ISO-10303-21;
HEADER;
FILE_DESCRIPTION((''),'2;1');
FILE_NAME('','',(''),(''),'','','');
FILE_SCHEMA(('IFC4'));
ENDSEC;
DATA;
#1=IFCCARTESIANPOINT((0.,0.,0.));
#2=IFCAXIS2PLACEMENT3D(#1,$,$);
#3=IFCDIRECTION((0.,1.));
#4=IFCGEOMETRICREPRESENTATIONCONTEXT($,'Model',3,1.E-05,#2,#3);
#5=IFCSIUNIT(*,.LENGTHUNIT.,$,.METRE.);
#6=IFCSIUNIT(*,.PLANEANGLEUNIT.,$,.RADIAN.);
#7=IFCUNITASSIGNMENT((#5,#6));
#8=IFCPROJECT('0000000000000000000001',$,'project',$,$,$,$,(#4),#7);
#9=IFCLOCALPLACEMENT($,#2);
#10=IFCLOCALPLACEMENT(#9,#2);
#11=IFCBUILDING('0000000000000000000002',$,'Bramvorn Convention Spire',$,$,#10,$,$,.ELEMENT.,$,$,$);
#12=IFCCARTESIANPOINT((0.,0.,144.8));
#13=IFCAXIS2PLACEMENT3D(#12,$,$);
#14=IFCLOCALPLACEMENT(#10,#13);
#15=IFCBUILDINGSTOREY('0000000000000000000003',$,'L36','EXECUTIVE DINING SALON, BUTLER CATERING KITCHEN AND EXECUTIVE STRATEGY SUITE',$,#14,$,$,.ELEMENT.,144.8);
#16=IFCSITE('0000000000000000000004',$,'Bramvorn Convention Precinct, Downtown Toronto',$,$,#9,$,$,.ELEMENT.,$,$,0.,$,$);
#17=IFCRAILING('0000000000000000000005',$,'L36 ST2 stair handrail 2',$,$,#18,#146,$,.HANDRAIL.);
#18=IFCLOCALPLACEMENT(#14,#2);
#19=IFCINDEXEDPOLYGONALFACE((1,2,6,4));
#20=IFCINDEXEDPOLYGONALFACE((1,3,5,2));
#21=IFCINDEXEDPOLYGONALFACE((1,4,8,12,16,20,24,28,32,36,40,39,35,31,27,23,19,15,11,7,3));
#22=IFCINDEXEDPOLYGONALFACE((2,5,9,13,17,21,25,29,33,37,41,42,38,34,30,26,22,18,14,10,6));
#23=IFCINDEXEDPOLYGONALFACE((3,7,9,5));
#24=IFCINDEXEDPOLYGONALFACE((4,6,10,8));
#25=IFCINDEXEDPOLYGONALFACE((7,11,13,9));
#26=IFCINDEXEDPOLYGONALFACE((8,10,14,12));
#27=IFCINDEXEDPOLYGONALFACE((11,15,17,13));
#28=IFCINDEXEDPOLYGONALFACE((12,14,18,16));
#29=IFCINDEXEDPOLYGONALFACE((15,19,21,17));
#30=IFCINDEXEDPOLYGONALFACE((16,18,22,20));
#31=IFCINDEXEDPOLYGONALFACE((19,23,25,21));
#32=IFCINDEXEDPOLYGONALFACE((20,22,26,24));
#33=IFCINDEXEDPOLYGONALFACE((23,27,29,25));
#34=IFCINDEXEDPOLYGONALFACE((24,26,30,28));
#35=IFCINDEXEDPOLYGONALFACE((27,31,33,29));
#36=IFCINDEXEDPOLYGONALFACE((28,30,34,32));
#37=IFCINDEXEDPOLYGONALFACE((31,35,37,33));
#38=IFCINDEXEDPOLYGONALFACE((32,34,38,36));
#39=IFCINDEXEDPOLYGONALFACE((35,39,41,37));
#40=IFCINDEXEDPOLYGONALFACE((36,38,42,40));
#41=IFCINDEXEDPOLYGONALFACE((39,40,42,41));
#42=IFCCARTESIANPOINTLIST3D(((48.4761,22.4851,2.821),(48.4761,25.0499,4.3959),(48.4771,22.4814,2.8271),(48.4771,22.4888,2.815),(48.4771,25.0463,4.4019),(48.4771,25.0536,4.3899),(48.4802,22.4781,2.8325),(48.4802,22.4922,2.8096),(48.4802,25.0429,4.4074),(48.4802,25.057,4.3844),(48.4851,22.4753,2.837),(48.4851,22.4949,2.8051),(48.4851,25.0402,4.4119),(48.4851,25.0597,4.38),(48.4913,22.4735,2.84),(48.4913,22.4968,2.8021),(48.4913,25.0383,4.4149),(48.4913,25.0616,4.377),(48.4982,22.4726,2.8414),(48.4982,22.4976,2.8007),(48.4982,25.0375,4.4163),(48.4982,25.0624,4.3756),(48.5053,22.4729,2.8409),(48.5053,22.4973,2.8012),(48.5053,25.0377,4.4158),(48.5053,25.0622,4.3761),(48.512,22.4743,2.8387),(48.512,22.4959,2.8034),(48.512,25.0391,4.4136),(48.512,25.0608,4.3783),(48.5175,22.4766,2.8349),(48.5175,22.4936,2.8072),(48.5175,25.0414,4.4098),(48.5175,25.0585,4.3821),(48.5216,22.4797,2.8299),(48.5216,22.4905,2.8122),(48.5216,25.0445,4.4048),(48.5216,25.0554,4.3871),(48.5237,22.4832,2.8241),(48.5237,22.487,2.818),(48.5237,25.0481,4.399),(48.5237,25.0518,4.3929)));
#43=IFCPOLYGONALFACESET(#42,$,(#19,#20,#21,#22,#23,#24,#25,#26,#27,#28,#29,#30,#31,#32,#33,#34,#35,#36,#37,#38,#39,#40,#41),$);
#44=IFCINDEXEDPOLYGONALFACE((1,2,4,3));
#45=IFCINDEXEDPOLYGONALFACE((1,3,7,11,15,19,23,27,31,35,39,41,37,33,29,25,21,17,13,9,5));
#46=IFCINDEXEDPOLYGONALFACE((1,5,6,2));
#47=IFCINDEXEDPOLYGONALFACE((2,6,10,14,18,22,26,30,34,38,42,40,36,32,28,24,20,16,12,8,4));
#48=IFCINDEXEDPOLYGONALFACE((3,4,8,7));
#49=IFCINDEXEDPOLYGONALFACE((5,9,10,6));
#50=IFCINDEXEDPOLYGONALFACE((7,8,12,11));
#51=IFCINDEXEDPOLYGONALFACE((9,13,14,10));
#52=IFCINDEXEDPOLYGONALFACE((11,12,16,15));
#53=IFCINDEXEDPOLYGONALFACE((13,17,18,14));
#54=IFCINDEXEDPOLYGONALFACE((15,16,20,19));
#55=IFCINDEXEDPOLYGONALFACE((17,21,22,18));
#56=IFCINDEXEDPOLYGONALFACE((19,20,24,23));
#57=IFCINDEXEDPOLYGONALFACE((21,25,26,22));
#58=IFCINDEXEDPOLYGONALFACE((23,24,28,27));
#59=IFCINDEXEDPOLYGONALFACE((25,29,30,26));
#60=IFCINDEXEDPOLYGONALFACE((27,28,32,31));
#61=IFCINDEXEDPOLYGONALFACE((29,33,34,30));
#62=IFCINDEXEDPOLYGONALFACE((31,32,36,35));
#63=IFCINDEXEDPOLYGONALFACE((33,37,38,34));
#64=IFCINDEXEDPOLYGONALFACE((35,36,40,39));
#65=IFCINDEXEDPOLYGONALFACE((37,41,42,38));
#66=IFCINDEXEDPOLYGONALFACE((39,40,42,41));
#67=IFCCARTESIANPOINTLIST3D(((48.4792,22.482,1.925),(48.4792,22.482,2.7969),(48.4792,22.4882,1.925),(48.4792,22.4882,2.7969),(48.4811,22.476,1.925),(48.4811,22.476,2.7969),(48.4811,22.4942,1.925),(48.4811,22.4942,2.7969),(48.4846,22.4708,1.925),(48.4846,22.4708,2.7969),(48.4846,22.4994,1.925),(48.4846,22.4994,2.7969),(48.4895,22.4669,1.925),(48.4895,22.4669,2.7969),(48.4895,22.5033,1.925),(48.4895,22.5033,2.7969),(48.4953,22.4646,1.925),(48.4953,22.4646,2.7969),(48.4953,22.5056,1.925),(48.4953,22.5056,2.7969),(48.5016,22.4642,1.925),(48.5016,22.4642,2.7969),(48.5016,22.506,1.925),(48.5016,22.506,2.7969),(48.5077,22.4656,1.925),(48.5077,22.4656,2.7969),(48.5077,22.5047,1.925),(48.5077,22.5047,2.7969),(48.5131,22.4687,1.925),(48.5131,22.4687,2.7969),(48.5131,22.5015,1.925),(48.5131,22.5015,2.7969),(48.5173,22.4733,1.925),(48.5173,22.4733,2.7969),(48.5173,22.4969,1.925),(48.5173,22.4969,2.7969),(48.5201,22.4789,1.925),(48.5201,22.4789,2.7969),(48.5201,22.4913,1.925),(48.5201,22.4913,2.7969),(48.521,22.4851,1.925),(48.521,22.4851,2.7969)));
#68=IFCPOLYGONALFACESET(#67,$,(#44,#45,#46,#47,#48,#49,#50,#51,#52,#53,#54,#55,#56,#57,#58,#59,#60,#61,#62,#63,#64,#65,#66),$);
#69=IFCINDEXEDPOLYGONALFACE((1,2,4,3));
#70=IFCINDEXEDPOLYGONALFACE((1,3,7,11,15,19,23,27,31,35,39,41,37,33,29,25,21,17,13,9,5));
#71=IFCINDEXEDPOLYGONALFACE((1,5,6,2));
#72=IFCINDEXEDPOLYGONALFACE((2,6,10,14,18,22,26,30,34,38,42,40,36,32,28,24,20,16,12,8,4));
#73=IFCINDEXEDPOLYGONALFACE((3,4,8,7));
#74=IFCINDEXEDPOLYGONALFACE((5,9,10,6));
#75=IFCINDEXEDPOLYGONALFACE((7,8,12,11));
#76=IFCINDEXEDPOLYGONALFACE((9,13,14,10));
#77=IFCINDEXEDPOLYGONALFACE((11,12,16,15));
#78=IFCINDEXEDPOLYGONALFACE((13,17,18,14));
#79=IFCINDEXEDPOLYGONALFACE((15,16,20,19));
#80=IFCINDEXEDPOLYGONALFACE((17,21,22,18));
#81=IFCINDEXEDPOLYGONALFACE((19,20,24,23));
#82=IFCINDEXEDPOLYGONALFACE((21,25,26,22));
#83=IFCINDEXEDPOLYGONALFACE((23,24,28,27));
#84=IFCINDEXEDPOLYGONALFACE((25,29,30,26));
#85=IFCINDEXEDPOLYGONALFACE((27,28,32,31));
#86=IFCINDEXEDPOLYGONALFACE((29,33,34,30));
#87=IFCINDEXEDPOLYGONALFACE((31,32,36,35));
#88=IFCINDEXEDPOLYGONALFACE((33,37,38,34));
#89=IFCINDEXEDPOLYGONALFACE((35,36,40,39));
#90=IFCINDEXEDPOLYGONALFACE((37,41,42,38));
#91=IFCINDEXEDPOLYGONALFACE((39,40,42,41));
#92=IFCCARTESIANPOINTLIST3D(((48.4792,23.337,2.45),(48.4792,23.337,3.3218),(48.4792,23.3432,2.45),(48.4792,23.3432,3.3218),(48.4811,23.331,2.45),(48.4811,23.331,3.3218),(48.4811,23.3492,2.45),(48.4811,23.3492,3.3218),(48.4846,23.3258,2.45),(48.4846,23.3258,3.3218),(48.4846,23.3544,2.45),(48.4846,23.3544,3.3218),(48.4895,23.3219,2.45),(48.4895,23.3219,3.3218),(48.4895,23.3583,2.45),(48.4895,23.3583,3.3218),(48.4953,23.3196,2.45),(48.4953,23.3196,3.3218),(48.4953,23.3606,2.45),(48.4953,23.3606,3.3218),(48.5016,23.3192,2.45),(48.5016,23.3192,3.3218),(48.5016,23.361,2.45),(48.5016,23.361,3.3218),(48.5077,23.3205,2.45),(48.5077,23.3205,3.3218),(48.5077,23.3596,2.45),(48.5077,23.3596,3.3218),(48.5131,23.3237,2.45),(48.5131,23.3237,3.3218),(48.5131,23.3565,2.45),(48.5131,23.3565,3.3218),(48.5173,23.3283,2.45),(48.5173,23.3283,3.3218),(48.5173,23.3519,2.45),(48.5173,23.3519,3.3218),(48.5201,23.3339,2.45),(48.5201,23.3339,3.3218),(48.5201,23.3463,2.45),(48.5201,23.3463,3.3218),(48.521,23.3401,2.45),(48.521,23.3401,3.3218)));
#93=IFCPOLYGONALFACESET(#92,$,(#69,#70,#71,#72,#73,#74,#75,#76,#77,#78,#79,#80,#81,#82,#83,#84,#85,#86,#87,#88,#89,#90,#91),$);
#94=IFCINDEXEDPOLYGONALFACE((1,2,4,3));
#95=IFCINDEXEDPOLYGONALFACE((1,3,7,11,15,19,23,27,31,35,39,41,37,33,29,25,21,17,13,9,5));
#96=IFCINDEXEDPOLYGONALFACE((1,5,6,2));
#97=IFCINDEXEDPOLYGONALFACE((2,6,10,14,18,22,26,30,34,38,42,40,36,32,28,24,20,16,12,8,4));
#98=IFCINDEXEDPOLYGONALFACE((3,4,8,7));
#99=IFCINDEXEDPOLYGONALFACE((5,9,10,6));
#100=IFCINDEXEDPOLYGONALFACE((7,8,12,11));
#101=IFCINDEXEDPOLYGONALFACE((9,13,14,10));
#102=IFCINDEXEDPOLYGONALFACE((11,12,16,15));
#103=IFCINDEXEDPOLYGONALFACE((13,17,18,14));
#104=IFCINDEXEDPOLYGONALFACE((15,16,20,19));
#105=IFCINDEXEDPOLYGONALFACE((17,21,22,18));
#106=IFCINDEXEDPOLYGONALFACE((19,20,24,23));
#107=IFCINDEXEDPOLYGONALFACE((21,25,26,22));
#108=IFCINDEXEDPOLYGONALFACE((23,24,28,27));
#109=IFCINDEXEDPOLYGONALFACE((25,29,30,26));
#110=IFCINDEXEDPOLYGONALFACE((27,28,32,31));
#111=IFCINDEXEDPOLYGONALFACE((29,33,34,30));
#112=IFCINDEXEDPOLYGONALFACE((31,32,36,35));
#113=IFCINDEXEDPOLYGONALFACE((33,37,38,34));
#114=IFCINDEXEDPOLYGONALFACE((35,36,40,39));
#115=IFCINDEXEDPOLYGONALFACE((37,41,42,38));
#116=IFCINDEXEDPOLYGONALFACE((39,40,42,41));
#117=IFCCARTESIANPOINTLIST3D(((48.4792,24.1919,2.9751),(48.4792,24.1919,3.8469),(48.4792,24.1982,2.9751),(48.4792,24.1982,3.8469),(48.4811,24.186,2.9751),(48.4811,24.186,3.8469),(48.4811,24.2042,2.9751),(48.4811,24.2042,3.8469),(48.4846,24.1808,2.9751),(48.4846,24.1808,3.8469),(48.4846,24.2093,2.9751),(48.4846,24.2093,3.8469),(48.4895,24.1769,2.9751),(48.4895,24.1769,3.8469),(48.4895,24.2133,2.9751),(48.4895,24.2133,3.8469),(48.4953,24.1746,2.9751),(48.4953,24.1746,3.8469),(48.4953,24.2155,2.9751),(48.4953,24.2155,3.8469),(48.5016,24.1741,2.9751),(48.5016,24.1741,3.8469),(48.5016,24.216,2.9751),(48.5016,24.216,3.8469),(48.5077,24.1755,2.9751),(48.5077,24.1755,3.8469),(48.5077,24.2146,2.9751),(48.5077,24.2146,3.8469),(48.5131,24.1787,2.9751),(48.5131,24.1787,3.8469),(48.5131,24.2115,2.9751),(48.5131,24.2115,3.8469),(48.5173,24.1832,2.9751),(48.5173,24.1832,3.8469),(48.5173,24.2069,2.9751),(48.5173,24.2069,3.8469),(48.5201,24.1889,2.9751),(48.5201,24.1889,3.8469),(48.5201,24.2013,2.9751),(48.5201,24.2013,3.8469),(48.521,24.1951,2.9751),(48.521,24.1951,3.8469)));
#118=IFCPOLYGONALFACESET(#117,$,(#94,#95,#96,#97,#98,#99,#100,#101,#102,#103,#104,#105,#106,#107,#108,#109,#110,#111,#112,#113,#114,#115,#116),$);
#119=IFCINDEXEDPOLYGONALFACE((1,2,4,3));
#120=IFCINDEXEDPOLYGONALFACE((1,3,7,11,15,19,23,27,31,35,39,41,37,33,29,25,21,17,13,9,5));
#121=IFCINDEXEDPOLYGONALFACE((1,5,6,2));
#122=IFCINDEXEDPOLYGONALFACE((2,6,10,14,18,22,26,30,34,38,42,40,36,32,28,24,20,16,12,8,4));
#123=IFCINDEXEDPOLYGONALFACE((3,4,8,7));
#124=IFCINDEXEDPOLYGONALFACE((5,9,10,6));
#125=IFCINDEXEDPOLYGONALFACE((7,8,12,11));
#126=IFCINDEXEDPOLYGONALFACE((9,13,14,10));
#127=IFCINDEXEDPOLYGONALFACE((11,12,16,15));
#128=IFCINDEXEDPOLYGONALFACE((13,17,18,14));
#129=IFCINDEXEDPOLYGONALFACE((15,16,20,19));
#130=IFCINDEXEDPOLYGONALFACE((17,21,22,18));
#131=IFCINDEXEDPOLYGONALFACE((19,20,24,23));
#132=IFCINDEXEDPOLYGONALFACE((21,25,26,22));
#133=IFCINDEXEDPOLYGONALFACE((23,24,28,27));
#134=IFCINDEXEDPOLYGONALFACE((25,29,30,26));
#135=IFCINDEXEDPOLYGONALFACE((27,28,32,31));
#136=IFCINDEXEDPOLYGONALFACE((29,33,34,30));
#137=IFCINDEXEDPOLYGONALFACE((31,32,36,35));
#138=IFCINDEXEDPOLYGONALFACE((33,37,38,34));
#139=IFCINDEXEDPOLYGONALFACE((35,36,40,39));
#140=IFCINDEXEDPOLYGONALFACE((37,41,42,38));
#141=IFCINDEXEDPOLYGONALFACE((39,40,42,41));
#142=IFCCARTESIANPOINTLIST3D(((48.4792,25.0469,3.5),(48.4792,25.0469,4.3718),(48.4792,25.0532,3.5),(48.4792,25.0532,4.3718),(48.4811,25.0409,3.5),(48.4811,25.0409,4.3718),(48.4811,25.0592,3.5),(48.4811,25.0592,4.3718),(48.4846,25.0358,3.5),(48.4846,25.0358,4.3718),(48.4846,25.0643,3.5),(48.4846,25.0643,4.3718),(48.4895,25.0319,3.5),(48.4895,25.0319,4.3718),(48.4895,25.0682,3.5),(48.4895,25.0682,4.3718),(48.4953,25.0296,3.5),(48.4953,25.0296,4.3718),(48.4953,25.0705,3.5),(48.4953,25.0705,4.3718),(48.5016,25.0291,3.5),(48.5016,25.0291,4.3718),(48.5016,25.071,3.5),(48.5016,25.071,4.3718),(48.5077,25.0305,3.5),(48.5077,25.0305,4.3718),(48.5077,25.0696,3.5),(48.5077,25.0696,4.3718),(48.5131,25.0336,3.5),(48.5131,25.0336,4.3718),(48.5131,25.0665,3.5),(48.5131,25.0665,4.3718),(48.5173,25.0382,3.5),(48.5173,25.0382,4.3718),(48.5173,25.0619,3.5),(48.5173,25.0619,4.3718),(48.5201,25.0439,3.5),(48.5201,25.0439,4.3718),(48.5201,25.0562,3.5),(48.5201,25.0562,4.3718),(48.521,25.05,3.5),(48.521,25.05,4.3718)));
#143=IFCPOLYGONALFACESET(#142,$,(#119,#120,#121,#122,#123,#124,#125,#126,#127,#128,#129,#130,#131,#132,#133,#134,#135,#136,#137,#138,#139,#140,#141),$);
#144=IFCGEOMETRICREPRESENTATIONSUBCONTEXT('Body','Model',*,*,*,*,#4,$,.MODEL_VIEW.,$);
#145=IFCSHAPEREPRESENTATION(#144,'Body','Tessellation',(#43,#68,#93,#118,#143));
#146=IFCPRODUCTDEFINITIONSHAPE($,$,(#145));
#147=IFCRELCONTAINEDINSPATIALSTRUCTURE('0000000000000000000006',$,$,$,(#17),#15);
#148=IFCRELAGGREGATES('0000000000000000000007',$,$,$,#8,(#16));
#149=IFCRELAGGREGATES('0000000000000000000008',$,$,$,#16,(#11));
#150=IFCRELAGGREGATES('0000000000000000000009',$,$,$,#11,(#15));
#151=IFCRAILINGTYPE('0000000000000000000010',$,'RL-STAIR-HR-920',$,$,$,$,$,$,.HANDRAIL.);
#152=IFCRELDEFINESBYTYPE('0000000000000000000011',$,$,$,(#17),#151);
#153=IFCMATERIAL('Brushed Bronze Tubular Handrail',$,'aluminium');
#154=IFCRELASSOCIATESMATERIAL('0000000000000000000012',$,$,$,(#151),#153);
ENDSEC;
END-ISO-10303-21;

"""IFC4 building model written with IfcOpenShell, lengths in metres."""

from ifc_helpers import new_model, si_unit, direction, frame, origin, origin_2d, place, context, subcontext, project, spatial, circle, extrude, material, type_object, element, save


model = new_model("IFC4")

# Units and contexts
model_context = context("Model", 3, precision=1e-05, world=origin(), true_north=direction((0.0, 1.0)))
body_context = subcontext(model_context, "Body", "Model", "MODEL_VIEW")
ifc_project = project(units=[si_unit("LENGTHUNIT", "METRE"), si_unit("PLANEANGLEUNIT", "RADIAN")], contexts=[model_context])

# Site, building, storey
site_placement = place(None, origin())
site = spatial("IfcSite", under=ifc_project, at=site_placement, Name="Bramvorn Convention Precinct, Downtown Toronto", CompositionType="ELEMENT", RefElevation=0.0)
building_placement = place(site_placement, origin())
building = spatial("IfcBuilding", under=site, at=building_placement, Name="Bramvorn Convention Spire", CompositionType="ELEMENT")
storey_placement = place(building_placement, frame((0.0, 0.0, 144.8)))
storey = spatial("IfcBuildingStorey", under=building, at=storey_placement, Name="L36", Description="EXECUTIVE DINING SALON, BUTLER CATERING KITCHEN AND EXECUTIVE STRATEGY SUITE", CompositionType="ELEMENT", Elevation=144.8)

# Railing
ifc_material_1 = material(Name="Brushed Bronze Tubular Handrail", Category="aluminium")
railing_type_1 = type_object("IfcRailingType", Name="RL-STAIR-HR-920", PredefinedType="HANDRAIL", material=ifc_material_1)
railing_1_placement = place(storey_placement, frame((48.5, 22.4851, 1.925)))
element("IfcRailing", 1, at=railing_1_placement, inside=storey, type_object=railing_type_1, Name="L36 ST2 stair handrail 2", PredefinedType="HANDRAIL", context=body_context, shape_type="SweptSolid", body=[
    extrude(circle(Radius=0.0239, at=origin_2d()), frame((0.0, 0.0, 0.896), z_axis=(0.0, 0.852173, 0.52326), x_axis=(-1.0, 0.0, 0.0)), (0.0, 0.0, 1.0), 3.0098),
    extrude(circle(Radius=0.021, at=origin_2d()), origin(), (0.0, 0.0, 1.0), 0.8718),
    extrude(circle(Radius=0.021, at=origin_2d()), frame((0.0, 0.855, 0.5249)), (0.0, 0.0, 1.0), 0.8718),
    extrude(circle(Radius=0.021, at=origin_2d()), frame((0.0, 1.71, 1.05)), (0.0, 0.0, 1.0), 0.8718),
    extrude(circle(Radius=0.021, at=origin_2d()), frame((0.0, 2.5649, 1.575)), (0.0, 0.0, 1.0), 0.8718),
])

save(model, "model.ifc")
